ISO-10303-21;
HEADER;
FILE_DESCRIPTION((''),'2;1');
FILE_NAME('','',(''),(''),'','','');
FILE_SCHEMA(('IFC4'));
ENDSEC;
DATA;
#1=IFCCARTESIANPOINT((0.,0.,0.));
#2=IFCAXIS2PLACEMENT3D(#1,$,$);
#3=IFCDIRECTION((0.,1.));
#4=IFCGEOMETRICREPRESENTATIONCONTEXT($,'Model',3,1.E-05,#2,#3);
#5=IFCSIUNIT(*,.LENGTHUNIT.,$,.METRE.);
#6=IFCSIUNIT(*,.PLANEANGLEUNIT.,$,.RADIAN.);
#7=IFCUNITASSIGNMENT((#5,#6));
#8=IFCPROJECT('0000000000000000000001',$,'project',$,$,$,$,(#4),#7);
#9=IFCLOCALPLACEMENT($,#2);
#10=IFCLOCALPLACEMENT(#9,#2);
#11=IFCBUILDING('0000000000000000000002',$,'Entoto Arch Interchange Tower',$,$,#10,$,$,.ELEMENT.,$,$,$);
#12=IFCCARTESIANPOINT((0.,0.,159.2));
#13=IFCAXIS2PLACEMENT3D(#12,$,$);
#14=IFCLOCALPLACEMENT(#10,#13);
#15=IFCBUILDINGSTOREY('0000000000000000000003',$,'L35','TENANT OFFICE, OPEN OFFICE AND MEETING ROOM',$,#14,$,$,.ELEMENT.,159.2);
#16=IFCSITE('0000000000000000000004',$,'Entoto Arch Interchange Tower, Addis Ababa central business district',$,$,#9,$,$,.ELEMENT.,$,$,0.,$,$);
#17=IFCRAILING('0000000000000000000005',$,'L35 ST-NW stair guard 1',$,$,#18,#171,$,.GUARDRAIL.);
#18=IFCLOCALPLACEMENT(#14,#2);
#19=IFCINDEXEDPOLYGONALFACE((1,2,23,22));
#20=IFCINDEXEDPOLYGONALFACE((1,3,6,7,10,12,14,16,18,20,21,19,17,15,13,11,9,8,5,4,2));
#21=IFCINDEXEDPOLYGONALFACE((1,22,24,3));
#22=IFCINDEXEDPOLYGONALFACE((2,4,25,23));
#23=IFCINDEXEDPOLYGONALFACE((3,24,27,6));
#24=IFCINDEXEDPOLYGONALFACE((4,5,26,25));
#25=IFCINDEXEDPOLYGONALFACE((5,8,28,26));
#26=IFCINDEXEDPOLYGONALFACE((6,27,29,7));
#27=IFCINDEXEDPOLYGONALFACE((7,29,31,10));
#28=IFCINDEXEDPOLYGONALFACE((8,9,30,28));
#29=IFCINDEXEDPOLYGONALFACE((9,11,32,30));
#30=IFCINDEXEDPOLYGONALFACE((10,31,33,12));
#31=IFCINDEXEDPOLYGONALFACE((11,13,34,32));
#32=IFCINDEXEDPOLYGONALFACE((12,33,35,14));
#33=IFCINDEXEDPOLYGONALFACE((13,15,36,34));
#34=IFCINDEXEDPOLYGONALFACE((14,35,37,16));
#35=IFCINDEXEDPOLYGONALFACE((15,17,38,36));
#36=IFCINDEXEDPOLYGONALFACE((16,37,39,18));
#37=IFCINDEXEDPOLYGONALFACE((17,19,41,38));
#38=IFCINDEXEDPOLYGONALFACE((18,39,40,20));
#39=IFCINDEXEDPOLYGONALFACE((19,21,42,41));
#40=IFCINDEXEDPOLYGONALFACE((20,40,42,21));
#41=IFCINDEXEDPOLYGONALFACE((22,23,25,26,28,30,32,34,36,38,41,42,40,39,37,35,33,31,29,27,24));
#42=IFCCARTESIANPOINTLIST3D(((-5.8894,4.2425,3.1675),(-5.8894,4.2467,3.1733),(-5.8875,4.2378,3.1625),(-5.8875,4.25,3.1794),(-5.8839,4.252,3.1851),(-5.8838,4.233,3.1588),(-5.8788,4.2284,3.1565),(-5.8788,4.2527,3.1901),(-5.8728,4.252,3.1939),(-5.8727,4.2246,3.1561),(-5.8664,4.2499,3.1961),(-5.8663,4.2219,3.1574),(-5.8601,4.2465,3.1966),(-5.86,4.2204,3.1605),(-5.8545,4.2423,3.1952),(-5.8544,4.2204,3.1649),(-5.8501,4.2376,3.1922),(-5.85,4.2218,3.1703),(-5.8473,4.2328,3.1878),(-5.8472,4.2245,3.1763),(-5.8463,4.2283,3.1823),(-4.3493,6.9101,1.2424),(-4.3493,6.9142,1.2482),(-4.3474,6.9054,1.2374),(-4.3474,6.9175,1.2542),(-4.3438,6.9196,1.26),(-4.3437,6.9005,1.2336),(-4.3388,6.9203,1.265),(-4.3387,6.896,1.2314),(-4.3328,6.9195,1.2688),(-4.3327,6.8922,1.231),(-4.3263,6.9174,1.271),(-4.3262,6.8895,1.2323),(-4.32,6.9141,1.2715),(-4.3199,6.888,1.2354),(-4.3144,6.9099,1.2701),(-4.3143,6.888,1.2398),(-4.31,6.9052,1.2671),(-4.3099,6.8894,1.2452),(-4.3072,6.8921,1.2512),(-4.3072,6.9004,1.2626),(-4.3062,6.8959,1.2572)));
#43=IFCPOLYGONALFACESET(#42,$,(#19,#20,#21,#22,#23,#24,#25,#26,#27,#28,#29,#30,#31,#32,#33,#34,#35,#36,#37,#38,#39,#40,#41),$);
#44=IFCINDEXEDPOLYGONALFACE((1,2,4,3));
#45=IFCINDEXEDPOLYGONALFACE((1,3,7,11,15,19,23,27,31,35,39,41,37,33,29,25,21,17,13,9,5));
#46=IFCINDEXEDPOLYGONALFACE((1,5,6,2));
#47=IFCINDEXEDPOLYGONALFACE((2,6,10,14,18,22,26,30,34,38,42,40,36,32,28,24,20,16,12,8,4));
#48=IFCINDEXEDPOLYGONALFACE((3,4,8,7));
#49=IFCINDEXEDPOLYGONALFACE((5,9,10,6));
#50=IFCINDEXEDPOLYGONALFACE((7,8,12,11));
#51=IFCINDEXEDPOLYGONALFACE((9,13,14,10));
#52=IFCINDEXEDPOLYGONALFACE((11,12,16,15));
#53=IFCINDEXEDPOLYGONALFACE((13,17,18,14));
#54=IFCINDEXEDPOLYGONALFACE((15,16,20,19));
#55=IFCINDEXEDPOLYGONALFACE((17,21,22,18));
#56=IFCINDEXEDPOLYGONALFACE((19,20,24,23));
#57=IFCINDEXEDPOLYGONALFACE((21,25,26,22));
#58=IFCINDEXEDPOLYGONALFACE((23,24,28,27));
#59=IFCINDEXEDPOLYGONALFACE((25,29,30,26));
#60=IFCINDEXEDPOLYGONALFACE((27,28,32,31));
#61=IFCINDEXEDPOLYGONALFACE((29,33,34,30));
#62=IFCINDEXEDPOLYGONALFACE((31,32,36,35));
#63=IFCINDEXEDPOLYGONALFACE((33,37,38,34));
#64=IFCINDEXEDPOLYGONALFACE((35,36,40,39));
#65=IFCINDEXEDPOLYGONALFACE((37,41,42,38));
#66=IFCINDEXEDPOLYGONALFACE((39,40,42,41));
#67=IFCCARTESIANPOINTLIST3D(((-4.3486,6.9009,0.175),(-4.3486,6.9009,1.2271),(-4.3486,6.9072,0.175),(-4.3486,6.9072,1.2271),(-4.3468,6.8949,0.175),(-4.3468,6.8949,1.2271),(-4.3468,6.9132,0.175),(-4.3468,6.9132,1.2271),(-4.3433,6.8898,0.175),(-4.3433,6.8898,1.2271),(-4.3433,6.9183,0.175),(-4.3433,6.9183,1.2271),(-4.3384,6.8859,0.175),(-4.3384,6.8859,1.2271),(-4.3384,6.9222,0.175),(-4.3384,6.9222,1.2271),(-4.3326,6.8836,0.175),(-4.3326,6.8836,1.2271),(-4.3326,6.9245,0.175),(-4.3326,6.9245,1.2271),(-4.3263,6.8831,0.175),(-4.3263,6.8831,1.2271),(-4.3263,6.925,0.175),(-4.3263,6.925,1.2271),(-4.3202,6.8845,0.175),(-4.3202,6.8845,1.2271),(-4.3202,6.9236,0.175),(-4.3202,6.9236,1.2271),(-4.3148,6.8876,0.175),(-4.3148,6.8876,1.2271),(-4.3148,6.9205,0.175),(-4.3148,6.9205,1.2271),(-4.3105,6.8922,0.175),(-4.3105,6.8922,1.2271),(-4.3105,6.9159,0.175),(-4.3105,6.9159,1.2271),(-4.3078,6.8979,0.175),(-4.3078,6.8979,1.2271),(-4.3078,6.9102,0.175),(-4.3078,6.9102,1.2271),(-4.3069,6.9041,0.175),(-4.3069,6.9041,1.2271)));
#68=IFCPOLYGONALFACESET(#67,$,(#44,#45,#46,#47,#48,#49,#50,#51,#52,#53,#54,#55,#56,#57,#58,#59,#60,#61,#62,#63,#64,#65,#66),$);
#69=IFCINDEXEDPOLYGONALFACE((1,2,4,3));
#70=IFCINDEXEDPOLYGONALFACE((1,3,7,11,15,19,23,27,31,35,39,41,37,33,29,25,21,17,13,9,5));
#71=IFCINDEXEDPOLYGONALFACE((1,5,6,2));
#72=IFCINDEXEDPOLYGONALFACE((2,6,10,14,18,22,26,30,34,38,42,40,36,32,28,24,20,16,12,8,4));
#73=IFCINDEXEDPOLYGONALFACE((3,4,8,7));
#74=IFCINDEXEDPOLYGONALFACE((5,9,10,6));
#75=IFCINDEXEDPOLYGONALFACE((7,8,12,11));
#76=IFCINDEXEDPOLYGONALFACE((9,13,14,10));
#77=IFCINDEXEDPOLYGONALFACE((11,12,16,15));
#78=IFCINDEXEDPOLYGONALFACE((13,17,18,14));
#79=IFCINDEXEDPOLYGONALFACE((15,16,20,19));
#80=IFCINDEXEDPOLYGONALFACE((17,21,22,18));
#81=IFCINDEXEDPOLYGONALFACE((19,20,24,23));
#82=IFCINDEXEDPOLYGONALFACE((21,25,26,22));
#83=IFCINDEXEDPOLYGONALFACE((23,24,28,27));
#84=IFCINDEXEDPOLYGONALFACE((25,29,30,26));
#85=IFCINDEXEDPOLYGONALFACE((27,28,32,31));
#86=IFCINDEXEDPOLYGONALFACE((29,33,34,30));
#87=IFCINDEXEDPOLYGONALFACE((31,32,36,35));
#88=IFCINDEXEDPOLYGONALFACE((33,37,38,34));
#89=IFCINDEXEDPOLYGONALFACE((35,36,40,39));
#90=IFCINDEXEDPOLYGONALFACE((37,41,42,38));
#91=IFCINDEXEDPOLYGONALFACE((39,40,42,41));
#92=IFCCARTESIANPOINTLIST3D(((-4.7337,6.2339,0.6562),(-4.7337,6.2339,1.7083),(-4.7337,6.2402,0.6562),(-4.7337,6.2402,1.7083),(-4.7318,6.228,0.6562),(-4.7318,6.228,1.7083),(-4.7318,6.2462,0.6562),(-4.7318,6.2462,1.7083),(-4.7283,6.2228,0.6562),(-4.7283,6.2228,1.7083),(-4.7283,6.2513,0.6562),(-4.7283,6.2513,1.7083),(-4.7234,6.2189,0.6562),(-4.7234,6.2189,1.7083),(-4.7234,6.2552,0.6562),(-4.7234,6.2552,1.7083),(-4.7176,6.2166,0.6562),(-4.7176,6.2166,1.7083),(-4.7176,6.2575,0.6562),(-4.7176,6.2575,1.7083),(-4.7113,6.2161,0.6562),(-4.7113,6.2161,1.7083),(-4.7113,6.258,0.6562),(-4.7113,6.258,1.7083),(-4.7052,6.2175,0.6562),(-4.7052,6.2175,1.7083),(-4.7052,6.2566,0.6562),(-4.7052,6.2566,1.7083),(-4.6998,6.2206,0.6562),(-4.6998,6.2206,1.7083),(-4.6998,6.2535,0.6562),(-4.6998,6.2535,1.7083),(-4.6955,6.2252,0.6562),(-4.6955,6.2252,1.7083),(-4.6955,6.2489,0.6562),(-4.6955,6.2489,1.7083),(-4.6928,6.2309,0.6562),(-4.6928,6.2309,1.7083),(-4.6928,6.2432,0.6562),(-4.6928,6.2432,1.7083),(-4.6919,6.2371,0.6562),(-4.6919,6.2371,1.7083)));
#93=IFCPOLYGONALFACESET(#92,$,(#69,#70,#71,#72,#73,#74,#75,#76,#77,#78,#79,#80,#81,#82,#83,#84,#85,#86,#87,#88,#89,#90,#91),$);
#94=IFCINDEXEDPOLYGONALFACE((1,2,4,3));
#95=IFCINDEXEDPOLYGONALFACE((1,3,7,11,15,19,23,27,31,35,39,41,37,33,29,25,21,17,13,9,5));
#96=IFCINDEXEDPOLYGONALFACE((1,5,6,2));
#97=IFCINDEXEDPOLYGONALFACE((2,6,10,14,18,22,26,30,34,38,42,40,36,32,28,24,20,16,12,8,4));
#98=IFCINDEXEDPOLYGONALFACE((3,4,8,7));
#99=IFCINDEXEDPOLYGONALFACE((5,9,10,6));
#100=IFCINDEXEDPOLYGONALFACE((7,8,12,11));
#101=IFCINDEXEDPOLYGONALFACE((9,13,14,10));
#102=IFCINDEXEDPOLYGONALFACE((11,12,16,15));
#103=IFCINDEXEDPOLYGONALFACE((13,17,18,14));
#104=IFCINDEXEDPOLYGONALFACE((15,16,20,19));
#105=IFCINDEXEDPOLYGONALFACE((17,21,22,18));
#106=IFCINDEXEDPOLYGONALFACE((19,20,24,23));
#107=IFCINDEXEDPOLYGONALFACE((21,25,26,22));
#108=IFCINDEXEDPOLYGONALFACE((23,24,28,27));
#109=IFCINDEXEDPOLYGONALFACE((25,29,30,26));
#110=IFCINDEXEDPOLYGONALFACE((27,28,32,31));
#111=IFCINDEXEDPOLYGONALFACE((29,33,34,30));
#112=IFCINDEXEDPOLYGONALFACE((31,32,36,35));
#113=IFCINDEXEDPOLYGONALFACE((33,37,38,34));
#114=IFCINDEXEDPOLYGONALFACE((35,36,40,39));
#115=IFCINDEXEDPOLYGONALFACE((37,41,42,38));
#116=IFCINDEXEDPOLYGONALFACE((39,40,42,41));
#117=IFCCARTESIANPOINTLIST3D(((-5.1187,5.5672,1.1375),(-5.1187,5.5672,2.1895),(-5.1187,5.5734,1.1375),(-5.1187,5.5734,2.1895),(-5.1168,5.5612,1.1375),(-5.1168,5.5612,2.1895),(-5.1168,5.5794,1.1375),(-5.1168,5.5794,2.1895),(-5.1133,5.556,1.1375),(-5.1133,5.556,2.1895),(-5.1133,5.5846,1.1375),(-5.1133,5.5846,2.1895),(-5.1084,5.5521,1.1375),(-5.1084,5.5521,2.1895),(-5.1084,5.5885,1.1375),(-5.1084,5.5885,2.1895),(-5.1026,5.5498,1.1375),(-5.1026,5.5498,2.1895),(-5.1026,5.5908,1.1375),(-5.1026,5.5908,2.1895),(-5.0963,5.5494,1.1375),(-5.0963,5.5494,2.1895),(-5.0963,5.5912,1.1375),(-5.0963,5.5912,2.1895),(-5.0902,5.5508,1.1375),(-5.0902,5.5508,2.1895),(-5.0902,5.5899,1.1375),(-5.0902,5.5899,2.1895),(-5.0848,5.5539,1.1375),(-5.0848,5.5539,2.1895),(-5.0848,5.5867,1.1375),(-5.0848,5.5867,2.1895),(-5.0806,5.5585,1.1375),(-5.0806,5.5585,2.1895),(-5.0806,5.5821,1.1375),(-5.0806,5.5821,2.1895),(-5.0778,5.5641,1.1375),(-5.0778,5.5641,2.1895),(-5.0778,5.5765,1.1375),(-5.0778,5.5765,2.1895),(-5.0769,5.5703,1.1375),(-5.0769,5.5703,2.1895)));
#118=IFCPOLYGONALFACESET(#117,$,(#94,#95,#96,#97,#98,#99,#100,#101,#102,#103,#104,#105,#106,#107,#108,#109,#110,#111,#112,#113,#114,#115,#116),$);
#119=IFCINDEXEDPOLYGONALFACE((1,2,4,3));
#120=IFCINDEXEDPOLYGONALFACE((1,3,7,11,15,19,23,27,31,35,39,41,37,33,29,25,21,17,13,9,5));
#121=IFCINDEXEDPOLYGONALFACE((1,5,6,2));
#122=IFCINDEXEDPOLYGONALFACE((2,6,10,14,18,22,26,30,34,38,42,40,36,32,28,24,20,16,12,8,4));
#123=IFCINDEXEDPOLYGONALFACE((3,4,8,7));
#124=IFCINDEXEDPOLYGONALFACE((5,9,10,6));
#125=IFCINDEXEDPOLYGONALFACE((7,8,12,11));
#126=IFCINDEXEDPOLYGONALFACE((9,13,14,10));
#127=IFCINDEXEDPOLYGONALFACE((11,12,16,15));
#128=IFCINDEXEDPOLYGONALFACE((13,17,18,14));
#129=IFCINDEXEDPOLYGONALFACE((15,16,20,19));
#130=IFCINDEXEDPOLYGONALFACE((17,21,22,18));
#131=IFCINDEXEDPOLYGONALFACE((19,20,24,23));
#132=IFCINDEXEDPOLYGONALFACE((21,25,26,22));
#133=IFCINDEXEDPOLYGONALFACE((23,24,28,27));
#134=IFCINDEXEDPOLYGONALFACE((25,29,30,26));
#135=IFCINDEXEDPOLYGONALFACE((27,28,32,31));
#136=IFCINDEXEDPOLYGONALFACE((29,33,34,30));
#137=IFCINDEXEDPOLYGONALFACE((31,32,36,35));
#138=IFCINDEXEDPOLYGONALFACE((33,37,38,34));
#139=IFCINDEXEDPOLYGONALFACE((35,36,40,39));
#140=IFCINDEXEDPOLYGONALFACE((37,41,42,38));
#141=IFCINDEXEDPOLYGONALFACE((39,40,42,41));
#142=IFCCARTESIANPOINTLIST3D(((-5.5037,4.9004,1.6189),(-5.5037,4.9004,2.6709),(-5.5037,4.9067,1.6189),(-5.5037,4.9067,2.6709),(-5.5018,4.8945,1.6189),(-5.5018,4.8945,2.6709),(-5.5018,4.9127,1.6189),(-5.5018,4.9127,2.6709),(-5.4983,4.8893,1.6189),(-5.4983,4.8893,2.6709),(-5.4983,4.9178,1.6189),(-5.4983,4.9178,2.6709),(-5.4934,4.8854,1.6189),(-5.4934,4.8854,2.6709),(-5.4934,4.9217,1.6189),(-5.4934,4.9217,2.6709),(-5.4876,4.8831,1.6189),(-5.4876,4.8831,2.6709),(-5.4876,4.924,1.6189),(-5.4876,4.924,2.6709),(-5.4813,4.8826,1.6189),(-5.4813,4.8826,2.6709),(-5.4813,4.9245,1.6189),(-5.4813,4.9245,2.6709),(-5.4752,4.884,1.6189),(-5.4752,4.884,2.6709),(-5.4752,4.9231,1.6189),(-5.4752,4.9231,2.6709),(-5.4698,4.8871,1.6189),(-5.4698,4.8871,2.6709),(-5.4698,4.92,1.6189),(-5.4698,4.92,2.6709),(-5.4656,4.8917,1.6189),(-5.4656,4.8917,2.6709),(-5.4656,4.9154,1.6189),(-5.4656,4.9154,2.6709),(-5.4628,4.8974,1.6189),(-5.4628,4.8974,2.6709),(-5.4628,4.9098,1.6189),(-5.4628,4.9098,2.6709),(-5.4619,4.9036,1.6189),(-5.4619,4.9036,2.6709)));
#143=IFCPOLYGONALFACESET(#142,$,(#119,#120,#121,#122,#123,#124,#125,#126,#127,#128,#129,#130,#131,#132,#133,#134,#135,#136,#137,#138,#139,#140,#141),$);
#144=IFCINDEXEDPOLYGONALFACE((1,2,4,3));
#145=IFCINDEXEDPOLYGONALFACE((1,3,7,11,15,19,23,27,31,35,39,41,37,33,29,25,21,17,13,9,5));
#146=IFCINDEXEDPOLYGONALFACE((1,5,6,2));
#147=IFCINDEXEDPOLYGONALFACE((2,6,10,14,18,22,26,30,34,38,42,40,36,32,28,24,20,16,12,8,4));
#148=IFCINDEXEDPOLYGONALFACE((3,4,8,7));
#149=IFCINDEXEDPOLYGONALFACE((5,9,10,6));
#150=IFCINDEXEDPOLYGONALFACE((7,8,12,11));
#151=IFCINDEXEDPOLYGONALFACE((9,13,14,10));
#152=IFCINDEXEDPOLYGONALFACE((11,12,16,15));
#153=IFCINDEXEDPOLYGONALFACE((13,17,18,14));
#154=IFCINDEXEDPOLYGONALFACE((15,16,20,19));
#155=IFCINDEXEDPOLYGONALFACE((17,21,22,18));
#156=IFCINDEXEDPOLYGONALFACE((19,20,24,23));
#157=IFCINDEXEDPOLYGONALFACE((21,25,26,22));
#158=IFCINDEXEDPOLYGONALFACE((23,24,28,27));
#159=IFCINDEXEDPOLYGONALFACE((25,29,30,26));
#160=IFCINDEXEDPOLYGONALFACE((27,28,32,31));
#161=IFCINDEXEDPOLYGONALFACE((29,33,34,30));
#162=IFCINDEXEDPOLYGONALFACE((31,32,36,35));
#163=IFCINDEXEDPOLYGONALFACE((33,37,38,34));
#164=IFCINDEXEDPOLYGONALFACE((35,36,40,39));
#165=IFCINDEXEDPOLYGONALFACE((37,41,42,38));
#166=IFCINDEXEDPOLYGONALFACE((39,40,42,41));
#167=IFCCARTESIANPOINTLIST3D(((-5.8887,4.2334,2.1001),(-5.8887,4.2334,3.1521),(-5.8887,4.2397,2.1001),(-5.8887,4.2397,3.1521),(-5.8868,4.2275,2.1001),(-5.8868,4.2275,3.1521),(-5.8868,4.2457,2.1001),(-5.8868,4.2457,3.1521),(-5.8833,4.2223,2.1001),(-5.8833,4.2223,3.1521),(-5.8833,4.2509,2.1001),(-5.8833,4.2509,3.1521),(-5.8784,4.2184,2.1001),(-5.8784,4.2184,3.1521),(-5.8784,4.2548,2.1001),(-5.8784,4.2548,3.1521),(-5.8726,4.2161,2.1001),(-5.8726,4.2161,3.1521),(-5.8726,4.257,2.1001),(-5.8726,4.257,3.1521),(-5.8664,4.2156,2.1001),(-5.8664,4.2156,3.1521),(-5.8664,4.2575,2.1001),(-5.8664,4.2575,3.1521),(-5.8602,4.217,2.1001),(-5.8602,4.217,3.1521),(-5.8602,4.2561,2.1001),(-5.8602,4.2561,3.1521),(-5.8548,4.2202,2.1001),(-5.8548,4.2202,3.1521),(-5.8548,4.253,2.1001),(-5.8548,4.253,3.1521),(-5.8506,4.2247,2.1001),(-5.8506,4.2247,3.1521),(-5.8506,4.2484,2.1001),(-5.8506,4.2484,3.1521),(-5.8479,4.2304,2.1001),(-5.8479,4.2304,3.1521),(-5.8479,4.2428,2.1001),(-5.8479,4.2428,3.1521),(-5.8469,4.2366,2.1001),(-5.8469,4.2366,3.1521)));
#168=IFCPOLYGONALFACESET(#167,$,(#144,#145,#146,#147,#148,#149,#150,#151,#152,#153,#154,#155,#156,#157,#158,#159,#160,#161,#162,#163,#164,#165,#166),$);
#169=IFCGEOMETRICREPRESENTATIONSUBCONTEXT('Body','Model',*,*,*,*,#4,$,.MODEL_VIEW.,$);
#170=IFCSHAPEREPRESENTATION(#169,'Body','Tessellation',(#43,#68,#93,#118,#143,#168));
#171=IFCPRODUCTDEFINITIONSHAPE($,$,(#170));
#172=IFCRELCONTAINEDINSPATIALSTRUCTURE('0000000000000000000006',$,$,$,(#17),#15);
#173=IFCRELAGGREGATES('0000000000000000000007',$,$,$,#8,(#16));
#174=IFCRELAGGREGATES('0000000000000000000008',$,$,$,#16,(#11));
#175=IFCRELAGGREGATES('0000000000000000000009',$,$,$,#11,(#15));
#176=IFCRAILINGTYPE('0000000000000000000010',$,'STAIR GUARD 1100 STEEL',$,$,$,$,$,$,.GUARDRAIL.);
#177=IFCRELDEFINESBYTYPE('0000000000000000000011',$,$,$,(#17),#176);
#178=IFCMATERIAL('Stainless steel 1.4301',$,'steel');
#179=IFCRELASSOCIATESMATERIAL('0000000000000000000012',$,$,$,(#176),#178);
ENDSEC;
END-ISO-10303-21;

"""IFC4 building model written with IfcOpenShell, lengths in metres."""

from ifc_helpers import new_model, si_unit, direction, frame, origin, origin_2d, place, context, subcontext, project, spatial, circle, extrude, material, type_object, element, save


model = new_model("IFC4")

# Units and contexts
model_context = context("Model", 3, precision=1e-05, world=origin(), true_north=direction((0.0, 1.0)))
body_context = subcontext(model_context, "Body", "Model", "MODEL_VIEW")
ifc_project = project(units=[si_unit("LENGTHUNIT", "METRE"), si_unit("PLANEANGLEUNIT", "RADIAN")], contexts=[model_context])

# Site, building, storey
site_placement = place(None, origin())
site = spatial("IfcSite", under=ifc_project, at=site_placement, Name="Entoto Arch Interchange Tower, Addis Ababa central business district", CompositionType="ELEMENT", RefElevation=0.0)
building_placement = place(site_placement, origin())
building = spatial("IfcBuilding", under=site, at=building_placement, Name="Entoto Arch Interchange Tower", CompositionType="ELEMENT")
storey_placement = place(building_placement, frame((0.0, 0.0, 159.2)))
storey = spatial("IfcBuildingStorey", under=building, at=storey_placement, Name="L35", Description="TENANT OFFICE, OPEN OFFICE AND MEETING ROOM", CompositionType="ELEMENT", Elevation=159.2)

# Railing
ifc_material_1 = material(Name="Stainless steel 1.4301", Category="steel")
railing_type_1 = type_object("IfcRailingType", Name="STAIR GUARD 1100 STEEL", PredefinedType="GUARDRAIL", material=ifc_material_1)
railing_1_placement = place(storey_placement, frame((-4.3279, 6.9041, 0.175)))
element("IfcRailing", 1, at=railing_1_placement, inside=storey, type_object=railing_type_1, Name="L35 ST-NW stair guard 1", PredefinedType="GUARDRAIL", context=body_context, shape_type="SweptSolid", body=[
    extrude(circle(Radius=0.0239, at=origin_2d()), frame((0.0, 0.0, 1.0762), z_axis=(-0.423994, -0.734395, 0.529993), x_axis=(0.86603, -0.499992, 0.0)), (0.0, 0.0, 1.0), 3.6323),
    extrude(circle(Radius=0.021, at=origin_2d()), origin(), (0.0, 0.0, 1.0), 1.052),
    extrude(circle(Radius=0.021, at=origin_2d()), frame((-0.385, -0.667, 0.4812)), (0.0, 0.0, 1.0), 1.052),
    extrude(circle(Radius=0.021, at=origin_2d()), frame((-0.77, -1.3337, 0.9624)), (0.0, 0.0, 1.0), 1.052),
    extrude(circle(Radius=0.021, at=origin_2d()), frame((-1.155, -2.0005, 1.4438)), (0.0, 0.0, 1.0), 1.052),
    extrude(circle(Radius=0.021, at=origin_2d()), frame((-1.54, -2.6675, 1.925)), (0.0, 0.0, 1.0), 1.052),
])

save(model, "model.ifc")
